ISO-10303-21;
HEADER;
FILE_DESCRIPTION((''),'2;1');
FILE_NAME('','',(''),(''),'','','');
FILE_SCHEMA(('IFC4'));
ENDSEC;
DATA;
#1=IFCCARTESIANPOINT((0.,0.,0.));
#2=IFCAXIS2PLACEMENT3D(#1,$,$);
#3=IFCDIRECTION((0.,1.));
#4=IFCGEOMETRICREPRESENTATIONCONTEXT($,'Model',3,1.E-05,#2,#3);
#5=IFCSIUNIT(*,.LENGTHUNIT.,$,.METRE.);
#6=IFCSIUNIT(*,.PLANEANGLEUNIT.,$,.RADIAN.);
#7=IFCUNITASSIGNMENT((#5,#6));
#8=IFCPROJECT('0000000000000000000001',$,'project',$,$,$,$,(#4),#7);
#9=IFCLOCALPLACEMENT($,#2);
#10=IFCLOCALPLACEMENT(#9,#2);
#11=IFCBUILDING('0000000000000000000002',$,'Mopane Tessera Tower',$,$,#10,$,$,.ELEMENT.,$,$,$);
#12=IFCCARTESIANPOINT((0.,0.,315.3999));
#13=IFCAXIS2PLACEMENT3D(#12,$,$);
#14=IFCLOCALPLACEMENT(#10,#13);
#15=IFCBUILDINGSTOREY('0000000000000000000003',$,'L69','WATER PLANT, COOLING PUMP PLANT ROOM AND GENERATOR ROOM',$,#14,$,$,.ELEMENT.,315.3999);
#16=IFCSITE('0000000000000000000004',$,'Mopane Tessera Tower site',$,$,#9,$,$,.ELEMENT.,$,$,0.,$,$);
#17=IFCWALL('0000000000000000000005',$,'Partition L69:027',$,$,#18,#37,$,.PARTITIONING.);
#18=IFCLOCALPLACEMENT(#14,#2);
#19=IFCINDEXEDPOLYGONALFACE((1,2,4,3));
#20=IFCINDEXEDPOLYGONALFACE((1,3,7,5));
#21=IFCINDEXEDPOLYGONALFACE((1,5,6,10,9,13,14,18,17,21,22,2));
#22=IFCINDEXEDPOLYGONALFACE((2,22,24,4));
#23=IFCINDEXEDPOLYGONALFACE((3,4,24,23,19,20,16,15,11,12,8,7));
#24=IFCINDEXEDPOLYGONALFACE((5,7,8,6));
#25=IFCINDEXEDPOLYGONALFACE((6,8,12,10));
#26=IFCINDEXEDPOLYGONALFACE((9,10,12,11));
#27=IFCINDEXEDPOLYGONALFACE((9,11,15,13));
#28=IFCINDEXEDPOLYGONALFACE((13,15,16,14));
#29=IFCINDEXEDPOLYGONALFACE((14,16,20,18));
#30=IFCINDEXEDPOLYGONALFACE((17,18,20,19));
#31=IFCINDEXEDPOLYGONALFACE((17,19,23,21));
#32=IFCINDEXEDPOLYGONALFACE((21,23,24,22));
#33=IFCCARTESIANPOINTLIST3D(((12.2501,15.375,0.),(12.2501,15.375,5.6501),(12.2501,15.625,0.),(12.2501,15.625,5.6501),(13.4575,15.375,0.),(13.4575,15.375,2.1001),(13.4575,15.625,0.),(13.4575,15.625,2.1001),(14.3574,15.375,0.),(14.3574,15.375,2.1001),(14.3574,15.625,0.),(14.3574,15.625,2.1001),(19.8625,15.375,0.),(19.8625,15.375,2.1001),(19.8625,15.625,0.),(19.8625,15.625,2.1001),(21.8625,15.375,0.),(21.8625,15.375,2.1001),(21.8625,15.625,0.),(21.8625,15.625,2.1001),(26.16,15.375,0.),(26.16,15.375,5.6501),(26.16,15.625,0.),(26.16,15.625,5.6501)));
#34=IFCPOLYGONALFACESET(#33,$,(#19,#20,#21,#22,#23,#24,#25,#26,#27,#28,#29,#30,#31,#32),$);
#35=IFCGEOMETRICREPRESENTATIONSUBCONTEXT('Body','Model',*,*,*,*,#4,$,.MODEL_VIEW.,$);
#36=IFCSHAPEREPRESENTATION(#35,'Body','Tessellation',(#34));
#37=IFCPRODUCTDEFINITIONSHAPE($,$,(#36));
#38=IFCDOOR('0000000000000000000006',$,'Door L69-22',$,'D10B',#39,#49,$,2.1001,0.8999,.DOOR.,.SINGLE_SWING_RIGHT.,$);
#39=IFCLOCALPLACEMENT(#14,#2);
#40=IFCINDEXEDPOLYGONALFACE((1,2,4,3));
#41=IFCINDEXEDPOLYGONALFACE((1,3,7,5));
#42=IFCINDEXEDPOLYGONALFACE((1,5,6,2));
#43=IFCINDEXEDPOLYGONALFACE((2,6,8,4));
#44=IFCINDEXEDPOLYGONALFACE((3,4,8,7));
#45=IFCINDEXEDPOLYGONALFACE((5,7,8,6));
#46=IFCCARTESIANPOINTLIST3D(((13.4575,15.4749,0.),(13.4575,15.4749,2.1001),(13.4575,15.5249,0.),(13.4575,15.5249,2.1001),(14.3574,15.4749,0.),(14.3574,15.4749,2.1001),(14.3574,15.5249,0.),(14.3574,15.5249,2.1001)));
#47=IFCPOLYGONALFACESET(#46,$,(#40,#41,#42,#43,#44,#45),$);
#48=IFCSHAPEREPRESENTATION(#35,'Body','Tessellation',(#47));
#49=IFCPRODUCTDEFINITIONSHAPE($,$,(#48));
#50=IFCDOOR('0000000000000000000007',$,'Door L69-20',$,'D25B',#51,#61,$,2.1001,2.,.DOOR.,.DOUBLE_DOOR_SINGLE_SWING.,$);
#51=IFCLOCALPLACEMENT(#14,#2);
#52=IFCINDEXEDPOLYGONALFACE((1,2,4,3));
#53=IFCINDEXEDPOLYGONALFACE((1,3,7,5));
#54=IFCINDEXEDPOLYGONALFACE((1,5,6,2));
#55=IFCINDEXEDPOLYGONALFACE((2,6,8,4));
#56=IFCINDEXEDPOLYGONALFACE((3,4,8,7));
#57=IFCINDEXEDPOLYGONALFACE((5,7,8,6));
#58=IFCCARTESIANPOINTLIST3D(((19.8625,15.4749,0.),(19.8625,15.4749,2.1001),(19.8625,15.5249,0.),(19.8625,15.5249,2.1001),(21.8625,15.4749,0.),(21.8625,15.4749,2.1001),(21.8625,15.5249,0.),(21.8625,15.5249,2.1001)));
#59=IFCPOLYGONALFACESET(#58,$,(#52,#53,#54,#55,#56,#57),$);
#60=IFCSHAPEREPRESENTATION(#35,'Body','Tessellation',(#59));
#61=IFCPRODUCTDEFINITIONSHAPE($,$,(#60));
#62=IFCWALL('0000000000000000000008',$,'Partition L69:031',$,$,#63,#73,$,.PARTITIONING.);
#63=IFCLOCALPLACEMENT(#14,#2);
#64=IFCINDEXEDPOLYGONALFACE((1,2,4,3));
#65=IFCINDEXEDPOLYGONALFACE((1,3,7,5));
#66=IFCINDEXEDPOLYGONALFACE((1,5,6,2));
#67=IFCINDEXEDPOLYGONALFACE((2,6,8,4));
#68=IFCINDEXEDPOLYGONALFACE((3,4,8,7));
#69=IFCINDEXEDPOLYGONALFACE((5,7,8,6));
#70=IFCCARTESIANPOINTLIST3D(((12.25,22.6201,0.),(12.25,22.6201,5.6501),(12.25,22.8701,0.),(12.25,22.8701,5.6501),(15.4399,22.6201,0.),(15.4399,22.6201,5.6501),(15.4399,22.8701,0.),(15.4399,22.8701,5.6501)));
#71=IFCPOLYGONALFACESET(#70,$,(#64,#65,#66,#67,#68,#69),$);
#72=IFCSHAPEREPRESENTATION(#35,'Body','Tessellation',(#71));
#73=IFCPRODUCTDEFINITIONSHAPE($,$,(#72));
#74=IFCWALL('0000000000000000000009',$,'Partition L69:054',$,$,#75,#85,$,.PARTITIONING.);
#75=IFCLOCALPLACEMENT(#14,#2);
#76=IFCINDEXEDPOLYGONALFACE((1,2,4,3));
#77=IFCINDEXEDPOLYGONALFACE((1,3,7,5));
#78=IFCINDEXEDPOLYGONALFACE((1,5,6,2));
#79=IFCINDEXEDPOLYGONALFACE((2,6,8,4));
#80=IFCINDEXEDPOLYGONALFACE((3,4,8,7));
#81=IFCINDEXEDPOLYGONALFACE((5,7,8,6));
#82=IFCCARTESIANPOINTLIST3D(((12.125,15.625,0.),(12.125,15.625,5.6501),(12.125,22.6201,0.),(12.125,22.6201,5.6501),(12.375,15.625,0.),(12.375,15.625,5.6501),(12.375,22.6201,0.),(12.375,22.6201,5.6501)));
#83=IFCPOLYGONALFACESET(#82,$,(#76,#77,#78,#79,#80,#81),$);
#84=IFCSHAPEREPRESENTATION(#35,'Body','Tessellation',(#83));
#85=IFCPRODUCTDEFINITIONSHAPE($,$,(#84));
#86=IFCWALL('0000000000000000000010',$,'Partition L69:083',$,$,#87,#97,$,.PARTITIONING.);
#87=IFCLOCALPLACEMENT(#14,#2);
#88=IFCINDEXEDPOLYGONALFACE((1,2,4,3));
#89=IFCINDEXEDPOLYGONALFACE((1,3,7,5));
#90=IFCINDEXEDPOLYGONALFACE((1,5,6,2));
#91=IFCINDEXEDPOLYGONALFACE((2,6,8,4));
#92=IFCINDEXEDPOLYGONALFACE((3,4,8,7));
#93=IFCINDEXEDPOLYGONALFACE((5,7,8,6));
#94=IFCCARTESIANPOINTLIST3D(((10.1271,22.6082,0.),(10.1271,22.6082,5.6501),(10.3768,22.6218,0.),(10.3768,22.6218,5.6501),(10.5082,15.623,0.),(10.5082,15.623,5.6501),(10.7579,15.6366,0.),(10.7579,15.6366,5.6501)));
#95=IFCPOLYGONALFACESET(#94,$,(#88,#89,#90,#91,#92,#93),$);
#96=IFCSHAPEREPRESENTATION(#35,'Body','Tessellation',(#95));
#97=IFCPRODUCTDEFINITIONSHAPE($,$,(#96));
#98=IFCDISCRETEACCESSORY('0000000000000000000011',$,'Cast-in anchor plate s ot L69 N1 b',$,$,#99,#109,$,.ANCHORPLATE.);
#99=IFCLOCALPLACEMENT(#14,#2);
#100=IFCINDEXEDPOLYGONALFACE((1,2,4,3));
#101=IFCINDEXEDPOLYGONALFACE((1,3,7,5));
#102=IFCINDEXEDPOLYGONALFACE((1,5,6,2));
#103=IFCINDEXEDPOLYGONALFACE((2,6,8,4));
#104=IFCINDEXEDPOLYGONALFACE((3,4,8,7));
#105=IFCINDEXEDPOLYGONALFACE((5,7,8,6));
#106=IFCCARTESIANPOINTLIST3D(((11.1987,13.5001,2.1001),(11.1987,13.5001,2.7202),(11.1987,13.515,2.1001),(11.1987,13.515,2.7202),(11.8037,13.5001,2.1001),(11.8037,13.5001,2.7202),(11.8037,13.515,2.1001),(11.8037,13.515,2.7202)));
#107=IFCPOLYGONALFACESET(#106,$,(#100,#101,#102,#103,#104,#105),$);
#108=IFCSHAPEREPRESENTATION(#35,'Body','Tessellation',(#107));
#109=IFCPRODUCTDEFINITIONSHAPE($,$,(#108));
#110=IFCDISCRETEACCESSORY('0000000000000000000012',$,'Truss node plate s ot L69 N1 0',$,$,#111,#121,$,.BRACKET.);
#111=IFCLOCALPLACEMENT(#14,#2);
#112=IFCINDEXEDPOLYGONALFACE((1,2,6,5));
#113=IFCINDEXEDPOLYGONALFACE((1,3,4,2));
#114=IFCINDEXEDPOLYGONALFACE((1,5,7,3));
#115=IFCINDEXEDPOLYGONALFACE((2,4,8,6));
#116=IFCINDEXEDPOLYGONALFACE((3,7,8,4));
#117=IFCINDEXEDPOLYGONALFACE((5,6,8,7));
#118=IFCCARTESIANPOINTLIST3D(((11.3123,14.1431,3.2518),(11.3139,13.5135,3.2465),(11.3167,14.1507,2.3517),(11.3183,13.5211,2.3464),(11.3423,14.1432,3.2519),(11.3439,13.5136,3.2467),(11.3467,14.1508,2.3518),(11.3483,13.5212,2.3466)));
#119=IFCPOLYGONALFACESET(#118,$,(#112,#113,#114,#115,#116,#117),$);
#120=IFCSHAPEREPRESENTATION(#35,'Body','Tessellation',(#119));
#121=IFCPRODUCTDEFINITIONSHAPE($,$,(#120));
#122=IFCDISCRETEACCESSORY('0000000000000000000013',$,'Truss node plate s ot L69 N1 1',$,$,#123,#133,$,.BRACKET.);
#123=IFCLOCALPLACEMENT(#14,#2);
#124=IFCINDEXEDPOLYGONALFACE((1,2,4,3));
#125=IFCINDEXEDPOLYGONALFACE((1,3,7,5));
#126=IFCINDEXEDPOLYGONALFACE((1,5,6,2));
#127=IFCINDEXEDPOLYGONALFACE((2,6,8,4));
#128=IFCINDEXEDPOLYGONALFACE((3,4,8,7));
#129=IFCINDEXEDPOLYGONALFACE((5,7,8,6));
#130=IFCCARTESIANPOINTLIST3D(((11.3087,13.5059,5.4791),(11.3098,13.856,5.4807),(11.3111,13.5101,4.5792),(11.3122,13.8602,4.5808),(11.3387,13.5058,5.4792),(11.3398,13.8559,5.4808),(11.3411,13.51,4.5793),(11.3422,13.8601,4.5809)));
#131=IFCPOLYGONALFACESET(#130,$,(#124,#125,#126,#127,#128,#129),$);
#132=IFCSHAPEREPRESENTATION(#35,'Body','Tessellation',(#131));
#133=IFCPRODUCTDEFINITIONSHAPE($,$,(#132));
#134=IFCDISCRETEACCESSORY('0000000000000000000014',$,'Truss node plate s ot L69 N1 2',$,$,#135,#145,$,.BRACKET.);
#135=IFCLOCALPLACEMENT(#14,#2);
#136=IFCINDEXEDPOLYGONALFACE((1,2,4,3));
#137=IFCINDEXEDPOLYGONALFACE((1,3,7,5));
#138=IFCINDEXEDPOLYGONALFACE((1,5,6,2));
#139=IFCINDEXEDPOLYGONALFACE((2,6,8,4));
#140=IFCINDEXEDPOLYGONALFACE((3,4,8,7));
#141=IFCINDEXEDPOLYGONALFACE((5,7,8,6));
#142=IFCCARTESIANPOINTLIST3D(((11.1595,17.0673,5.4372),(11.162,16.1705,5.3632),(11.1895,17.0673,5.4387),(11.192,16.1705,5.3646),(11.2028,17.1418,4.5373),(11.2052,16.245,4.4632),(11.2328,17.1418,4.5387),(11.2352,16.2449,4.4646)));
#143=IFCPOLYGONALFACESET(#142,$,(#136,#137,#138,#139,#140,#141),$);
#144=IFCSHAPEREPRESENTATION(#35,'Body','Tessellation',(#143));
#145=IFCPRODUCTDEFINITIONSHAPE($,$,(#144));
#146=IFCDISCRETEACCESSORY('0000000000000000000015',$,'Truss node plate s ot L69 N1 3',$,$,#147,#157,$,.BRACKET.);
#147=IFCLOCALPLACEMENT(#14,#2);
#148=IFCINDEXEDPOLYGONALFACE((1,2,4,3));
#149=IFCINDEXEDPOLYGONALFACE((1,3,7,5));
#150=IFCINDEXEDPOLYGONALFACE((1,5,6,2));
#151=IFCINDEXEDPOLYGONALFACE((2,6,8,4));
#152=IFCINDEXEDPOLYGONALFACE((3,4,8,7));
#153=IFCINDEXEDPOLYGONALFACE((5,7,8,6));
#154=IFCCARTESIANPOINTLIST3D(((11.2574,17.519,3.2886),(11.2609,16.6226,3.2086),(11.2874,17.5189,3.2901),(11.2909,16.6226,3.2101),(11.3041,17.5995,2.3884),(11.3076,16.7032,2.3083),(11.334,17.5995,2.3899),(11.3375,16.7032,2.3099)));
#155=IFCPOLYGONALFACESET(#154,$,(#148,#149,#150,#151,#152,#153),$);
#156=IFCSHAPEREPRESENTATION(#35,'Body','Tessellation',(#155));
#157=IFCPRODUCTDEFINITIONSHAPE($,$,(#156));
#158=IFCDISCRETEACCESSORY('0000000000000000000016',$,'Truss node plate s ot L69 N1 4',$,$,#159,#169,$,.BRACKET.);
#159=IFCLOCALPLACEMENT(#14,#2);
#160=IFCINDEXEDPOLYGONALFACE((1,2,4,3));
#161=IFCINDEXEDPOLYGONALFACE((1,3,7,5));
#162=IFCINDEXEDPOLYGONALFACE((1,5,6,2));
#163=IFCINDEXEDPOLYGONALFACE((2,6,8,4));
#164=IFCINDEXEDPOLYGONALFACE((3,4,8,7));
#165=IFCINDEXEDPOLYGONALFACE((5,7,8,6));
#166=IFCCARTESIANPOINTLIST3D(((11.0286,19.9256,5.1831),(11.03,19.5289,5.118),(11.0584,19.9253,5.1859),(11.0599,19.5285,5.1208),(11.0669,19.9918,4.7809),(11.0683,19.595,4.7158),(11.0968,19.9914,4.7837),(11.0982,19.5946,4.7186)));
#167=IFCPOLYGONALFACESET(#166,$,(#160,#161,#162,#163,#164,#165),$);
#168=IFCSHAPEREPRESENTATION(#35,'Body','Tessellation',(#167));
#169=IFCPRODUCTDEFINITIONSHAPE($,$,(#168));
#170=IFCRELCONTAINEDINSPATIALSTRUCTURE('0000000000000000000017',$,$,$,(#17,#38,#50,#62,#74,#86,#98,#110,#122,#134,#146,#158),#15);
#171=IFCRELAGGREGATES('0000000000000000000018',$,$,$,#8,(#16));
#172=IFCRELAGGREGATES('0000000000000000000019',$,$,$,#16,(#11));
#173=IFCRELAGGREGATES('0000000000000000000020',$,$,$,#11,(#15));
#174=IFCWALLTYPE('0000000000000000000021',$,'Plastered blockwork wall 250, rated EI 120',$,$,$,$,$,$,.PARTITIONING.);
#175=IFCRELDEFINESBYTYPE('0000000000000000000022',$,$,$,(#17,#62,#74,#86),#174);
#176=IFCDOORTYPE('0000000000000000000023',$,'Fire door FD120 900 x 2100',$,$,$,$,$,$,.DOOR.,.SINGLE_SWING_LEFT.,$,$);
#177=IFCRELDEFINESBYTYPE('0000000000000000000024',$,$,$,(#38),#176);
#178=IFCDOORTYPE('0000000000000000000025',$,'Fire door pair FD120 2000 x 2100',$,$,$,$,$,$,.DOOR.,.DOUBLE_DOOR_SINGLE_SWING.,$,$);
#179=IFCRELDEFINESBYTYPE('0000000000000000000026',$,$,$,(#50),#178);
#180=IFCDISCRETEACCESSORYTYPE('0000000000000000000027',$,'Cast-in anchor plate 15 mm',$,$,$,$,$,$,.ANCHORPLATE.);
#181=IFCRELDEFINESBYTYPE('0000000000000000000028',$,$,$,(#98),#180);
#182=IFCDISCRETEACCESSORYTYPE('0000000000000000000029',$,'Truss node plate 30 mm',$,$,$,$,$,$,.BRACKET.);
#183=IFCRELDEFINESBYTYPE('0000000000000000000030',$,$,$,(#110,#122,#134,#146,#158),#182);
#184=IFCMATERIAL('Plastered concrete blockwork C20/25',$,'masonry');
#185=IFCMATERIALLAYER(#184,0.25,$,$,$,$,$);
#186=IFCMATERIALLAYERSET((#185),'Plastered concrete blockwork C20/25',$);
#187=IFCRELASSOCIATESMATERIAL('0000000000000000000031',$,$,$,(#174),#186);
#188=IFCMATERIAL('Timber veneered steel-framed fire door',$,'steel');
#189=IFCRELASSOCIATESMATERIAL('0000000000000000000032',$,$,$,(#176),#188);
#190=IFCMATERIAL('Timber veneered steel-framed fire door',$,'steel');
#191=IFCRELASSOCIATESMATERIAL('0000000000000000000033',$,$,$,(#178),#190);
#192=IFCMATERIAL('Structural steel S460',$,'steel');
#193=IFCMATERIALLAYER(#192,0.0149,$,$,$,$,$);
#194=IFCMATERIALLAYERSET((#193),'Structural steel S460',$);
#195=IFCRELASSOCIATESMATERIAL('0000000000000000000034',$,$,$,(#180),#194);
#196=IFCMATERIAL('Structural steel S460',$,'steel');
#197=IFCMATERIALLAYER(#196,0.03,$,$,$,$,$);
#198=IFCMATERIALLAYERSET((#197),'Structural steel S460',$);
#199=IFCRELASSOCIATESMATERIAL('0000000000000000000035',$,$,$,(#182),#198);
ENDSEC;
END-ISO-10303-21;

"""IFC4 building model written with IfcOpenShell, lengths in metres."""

from ifc_helpers import new_model, si_unit, direction, frame, frame_2d, origin, origin_2d, place, context, subcontext, project, spatial, rectangle, extrude, material, layer, layer_set, type_object, element, fill, save


model = new_model("IFC4")

# Units and contexts
model_context = context("Model", 3, precision=1e-05, world=origin(), true_north=direction((0.0, 1.0)))
body_context = subcontext(model_context, "Body", "Model", "MODEL_VIEW")
ifc_project = project(units=[si_unit("LENGTHUNIT", "METRE"), si_unit("PLANEANGLEUNIT", "RADIAN")], contexts=[model_context])

# Site, building, storey
site_placement = place(None, origin())
site = spatial("IfcSite", under=ifc_project, at=site_placement, Name="Mopane Tessera Tower site", CompositionType="ELEMENT", RefElevation=0.0)
building_placement = place(site_placement, origin())
building = spatial("IfcBuilding", under=site, at=building_placement, Name="Mopane Tessera Tower", CompositionType="ELEMENT")
storey_placement = place(building_placement, frame((0.0, 0.0, 315.3999)))
storey = spatial("IfcBuildingStorey", under=building, at=storey_placement, Name="L69", Description="WATER PLANT, COOLING PUMP PLANT ROOM AND GENERATOR ROOM", CompositionType="ELEMENT", Elevation=315.3999)

# Wall, openings, doors
ifc_material_1 = material(Name="Plastered concrete blockwork C20/25", Category="masonry")
ifc_layer_1 = layer(ifc_material_1, 0.25)
ifc_layer_set_1 = layer_set([ifc_layer_1], Name="Plastered concrete blockwork C20/25")
wall_type = type_object("IfcWallType", Name="Plastered blockwork wall 250, rated EI 120", PredefinedType="PARTITIONING", material=ifc_layer_set_1)
wall_1_placement = place(storey_placement, frame((12.25, 15.5, 0.0), z_axis=(0.0, 0.0, 1.0), x_axis=(1.0, 0.0, 0.0)))
wall_1 = element("IfcWall", 1, at=wall_1_placement, inside=storey, type_object=wall_type, Name="Partition L69:027", PredefinedType="PARTITIONING", context=body_context, shape_type="SweptSolid", body=[
    extrude(rectangle(XDim=13.9099, YDim=0.25, at=frame_2d((6.9551, 0.0))), origin(), (0.0, 0.0, 1.0), 5.6501),
])
opening_1_placement = place(wall_1_placement, frame((7.6125, 0.0, 0.0)))
opening_1 = element("IfcOpeningElement", 2, at=opening_1_placement, cuts=wall_1, PredefinedType="OPENING", context=body_context, shape_type="SweptSolid", body=[
    extrude(rectangle(XDim=2.0, YDim=2.1001, at=frame_2d((1.0, 1.05))), frame((0.0, 0.137, 0.0), z_axis=(0.0, -1.0, 0.0), x_axis=(1.0, 0.0, 0.0)), (0.0, 0.0, 1.0), 0.2739),
])
opening_2_placement = place(wall_1_placement, frame((1.2075, 0.0, 0.0)))
opening_2 = element("IfcOpeningElement", 3, at=opening_2_placement, cuts=wall_1, PredefinedType="OPENING", context=body_context, shape_type="SweptSolid", body=[
    extrude(rectangle(XDim=0.8999, YDim=2.1001, at=frame_2d((0.45, 1.05))), frame((0.0, 0.137, 0.0), z_axis=(0.0, -1.0, 0.0), x_axis=(1.0, 0.0, 0.0)), (0.0, 0.0, 1.0), 0.2739),
])
ifc_material_2 = material(Name="Timber veneered steel-framed fire door", Category="steel")
door_type_1 = type_object("IfcDoorType", Name="Fire door FD120 900 x 2100", OperationType="SINGLE_SWING_LEFT", PredefinedType="DOOR", material=ifc_material_2)
door_1_placement = place(opening_2_placement, origin())
door_1 = element("IfcDoor", 4, at=door_1_placement, inside=storey, type_object=door_type_1, Name="Door L69-22", ObjectType="D10B", OperationType="SINGLE_SWING_RIGHT", OverallHeight=2.1001, OverallWidth=0.8999, PredefinedType="DOOR", context=body_context, shape_type="SweptSolid", body=[
    extrude(rectangle(XDim=0.8999, YDim=2.1001, at=frame_2d((0.45, 1.05))), frame((0.0, 0.0249, 0.0), z_axis=(0.0, -1.0, 0.0), x_axis=(1.0, 0.0, 0.0)), (0.0, 0.0, 1.0), 0.05),
])
fill(opening_2, door_1)
ifc_material_3 = material(Name="Timber veneered steel-framed fire door", Category="steel")
door_type_2 = type_object("IfcDoorType", Name="Fire door pair FD120 2000 x 2100", OperationType="DOUBLE_DOOR_SINGLE_SWING", PredefinedType="DOOR", material=ifc_material_3)
door_2_placement = place(opening_1_placement, origin())
door_2 = element("IfcDoor", 5, at=door_2_placement, inside=storey, type_object=door_type_2, Name="Door L69-20", ObjectType="D25B", OperationType="DOUBLE_DOOR_SINGLE_SWING", OverallHeight=2.1001, OverallWidth=2.0, PredefinedType="DOOR", context=body_context, shape_type="SweptSolid", body=[
    extrude(rectangle(XDim=2.0, YDim=2.1001, at=frame_2d((1.0, 1.05))), frame((0.0, 0.0249, 0.0), z_axis=(0.0, -1.0, 0.0), x_axis=(1.0, 0.0, 0.0)), (0.0, 0.0, 1.0), 0.05),
])
fill(opening_1, door_2)

# Walls
wall_2_placement = place(storey_placement, frame((12.25, 22.7451, 0.0), z_axis=(0.0, 0.0, 1.0), x_axis=(1.0, 0.0, 0.0)))
element("IfcWall", 6, at=wall_2_placement, inside=storey, type_object=wall_type, Name="Partition L69:031", PredefinedType="PARTITIONING", context=body_context, shape_type="SweptSolid", body=[
    extrude(rectangle(XDim=3.1899, YDim=0.25, at=frame_2d((1.595, 0.0))), origin(), (0.0, 0.0, 1.0), 5.6501),
])
wall_3_placement = place(storey_placement, frame((12.25, 15.625, 0.0), z_axis=(0.0, 0.0, 1.0), x_axis=(0.0, 1.0, 0.0)))
element("IfcWall", 7, at=wall_3_placement, inside=storey, type_object=wall_type, Name="Partition L69:054", PredefinedType="PARTITIONING", context=body_context, shape_type="SweptSolid", body=[
    extrude(rectangle(XDim=6.9951, YDim=0.25, at=frame_2d((3.4976, 0.0))), origin(), (0.0, 0.0, 1.0), 5.6501),
])
wall_4_placement = place(storey_placement, frame((10.252, 22.615, 0.0), z_axis=(0.0, 0.0, 1.0), x_axis=(0.054478, -0.998515, 0.0)))
element("IfcWall", 8, at=wall_4_placement, inside=storey, type_object=wall_type, Name="Partition L69:083", PredefinedType="PARTITIONING", context=body_context, shape_type="SweptSolid", body=[
    extrude(rectangle(XDim=6.9956, YDim=0.25, at=frame_2d((3.4978, 0.0))), origin(), (0.0, 0.0, 1.0), 5.6501),
])

# Discrete accessories
ifc_material_4 = material(Name="Structural steel S460", Category="steel")
ifc_layer_2 = layer(ifc_material_4, 0.0149)
ifc_layer_set_2 = layer_set([ifc_layer_2], Name="Structural steel S460")
discrete_accessory_type_1 = type_object("IfcDiscreteAccessoryType", Name="Cast-in anchor plate 15 mm", PredefinedType="ANCHORPLATE", material=ifc_layer_set_2)
discrete_accessory_1_placement = place(storey_placement, frame((11.5012, 13.5076, 2.1001), z_axis=(0.0, 0.0, 1.0), x_axis=(0.0, 1.0, 0.0)))
element("IfcDiscreteAccessory", 9, at=discrete_accessory_1_placement, inside=storey, type_object=discrete_accessory_type_1, Name="Cast-in anchor plate s ot L69 N1 b", PredefinedType="ANCHORPLATE", context=body_context, shape_type="SweptSolid", body=[
    extrude(rectangle(XDim=0.0149, YDim=0.605, at=origin_2d()), origin(), (0.0, 0.0, 1.0), 0.6201),
])
ifc_material_5 = material(Name="Structural steel S460", Category="steel")
ifc_layer_3 = layer(ifc_material_5, 0.03)
ifc_layer_set_3 = layer_set([ifc_layer_3], Name="Structural steel S460")
discrete_accessory_type_2 = type_object("IfcDiscreteAccessoryType", Name="Truss node plate 30 mm", PredefinedType="BRACKET", material=ifc_layer_set_3)
discrete_accessory_2_placement = place(storey_placement, frame((11.3325, 13.8359, 2.3491), z_axis=(-0.004882, -0.008408, 0.999953), x_axis=(-0.999985, -0.002471, -0.004903)))
element("IfcDiscreteAccessory", 10, at=discrete_accessory_2_placement, inside=storey, type_object=discrete_accessory_type_2, Name="Truss node plate s ot L69 N1 0", PredefinedType="BRACKET", context=body_context, shape_type="SweptSolid", body=[
    extrude(rectangle(XDim=0.03, YDim=0.6296, at=origin_2d()), origin(), (0.0, 0.0, 1.0), 0.9001),
])
discrete_accessory_3_placement = place(storey_placement, frame((11.3267, 13.6851, 4.5801), z_axis=(-0.002713, -0.004612, 0.999986), x_axis=(-0.999991, 0.003159, -0.002698)))
element("IfcDiscreteAccessory", 11, at=discrete_accessory_3_placement, inside=storey, type_object=discrete_accessory_type_2, Name="Truss node plate s ot L69 N1 1", PredefinedType="BRACKET", context=body_context, shape_type="SweptSolid", body=[
    extrude(rectangle(XDim=0.03, YDim=0.3501, at=origin_2d()), origin(), (0.0, 0.0, 1.0), 0.8999),
])
discrete_accessory_4_placement = place(storey_placement, frame((11.219, 16.6934, 4.501), z_axis=(-0.047801, -0.082369, 0.995455), x_axis=(-0.998853, 0.001203, -0.047865)))
element("IfcDiscreteAccessory", 12, at=discrete_accessory_4_placement, inside=storey, type_object=discrete_accessory_type_2, Name="Truss node plate s ot L69 N1 2", PredefinedType="BRACKET", context=body_context, shape_type="SweptSolid", body=[
    extrude(rectangle(XDim=0.03, YDim=0.8999, at=origin_2d()), origin(), (0.0, 0.0, 1.0), 0.9041),
])
discrete_accessory_5_placement = place(storey_placement, frame((11.3208, 17.1514, 2.3491), z_axis=(-0.051529, -0.089029, 0.994695), x_axis=(-0.998664, 0.00072, -0.05167)))
element("IfcDiscreteAccessory", 13, at=discrete_accessory_5_placement, inside=storey, type_object=discrete_accessory_type_2, Name="Truss node plate s ot L69 N1 3", PredefinedType="BRACKET", context=body_context, shape_type="SweptSolid", body=[
    extrude(rectangle(XDim=0.03, YDim=0.8999, at=origin_2d()), origin(), (0.0, 0.0, 1.0), 0.905),
])
discrete_accessory_6_placement = place(storey_placement, frame((11.0825, 19.7932, 4.7498), z_axis=(-0.093592, -0.16155, 0.982416), x_axis=(-0.995605, 0.011726, -0.09292)))
element("IfcDiscreteAccessory", 14, at=discrete_accessory_6_placement, inside=storey, type_object=discrete_accessory_type_2, Name="Truss node plate s ot L69 N1 4", PredefinedType="BRACKET", context=body_context, shape_type="SweptSolid", body=[
    extrude(rectangle(XDim=0.03, YDim=0.4021, at=origin_2d()), origin(), (0.0, 0.0, 1.0), 0.4094),
])

save(model, "model.ifc")
